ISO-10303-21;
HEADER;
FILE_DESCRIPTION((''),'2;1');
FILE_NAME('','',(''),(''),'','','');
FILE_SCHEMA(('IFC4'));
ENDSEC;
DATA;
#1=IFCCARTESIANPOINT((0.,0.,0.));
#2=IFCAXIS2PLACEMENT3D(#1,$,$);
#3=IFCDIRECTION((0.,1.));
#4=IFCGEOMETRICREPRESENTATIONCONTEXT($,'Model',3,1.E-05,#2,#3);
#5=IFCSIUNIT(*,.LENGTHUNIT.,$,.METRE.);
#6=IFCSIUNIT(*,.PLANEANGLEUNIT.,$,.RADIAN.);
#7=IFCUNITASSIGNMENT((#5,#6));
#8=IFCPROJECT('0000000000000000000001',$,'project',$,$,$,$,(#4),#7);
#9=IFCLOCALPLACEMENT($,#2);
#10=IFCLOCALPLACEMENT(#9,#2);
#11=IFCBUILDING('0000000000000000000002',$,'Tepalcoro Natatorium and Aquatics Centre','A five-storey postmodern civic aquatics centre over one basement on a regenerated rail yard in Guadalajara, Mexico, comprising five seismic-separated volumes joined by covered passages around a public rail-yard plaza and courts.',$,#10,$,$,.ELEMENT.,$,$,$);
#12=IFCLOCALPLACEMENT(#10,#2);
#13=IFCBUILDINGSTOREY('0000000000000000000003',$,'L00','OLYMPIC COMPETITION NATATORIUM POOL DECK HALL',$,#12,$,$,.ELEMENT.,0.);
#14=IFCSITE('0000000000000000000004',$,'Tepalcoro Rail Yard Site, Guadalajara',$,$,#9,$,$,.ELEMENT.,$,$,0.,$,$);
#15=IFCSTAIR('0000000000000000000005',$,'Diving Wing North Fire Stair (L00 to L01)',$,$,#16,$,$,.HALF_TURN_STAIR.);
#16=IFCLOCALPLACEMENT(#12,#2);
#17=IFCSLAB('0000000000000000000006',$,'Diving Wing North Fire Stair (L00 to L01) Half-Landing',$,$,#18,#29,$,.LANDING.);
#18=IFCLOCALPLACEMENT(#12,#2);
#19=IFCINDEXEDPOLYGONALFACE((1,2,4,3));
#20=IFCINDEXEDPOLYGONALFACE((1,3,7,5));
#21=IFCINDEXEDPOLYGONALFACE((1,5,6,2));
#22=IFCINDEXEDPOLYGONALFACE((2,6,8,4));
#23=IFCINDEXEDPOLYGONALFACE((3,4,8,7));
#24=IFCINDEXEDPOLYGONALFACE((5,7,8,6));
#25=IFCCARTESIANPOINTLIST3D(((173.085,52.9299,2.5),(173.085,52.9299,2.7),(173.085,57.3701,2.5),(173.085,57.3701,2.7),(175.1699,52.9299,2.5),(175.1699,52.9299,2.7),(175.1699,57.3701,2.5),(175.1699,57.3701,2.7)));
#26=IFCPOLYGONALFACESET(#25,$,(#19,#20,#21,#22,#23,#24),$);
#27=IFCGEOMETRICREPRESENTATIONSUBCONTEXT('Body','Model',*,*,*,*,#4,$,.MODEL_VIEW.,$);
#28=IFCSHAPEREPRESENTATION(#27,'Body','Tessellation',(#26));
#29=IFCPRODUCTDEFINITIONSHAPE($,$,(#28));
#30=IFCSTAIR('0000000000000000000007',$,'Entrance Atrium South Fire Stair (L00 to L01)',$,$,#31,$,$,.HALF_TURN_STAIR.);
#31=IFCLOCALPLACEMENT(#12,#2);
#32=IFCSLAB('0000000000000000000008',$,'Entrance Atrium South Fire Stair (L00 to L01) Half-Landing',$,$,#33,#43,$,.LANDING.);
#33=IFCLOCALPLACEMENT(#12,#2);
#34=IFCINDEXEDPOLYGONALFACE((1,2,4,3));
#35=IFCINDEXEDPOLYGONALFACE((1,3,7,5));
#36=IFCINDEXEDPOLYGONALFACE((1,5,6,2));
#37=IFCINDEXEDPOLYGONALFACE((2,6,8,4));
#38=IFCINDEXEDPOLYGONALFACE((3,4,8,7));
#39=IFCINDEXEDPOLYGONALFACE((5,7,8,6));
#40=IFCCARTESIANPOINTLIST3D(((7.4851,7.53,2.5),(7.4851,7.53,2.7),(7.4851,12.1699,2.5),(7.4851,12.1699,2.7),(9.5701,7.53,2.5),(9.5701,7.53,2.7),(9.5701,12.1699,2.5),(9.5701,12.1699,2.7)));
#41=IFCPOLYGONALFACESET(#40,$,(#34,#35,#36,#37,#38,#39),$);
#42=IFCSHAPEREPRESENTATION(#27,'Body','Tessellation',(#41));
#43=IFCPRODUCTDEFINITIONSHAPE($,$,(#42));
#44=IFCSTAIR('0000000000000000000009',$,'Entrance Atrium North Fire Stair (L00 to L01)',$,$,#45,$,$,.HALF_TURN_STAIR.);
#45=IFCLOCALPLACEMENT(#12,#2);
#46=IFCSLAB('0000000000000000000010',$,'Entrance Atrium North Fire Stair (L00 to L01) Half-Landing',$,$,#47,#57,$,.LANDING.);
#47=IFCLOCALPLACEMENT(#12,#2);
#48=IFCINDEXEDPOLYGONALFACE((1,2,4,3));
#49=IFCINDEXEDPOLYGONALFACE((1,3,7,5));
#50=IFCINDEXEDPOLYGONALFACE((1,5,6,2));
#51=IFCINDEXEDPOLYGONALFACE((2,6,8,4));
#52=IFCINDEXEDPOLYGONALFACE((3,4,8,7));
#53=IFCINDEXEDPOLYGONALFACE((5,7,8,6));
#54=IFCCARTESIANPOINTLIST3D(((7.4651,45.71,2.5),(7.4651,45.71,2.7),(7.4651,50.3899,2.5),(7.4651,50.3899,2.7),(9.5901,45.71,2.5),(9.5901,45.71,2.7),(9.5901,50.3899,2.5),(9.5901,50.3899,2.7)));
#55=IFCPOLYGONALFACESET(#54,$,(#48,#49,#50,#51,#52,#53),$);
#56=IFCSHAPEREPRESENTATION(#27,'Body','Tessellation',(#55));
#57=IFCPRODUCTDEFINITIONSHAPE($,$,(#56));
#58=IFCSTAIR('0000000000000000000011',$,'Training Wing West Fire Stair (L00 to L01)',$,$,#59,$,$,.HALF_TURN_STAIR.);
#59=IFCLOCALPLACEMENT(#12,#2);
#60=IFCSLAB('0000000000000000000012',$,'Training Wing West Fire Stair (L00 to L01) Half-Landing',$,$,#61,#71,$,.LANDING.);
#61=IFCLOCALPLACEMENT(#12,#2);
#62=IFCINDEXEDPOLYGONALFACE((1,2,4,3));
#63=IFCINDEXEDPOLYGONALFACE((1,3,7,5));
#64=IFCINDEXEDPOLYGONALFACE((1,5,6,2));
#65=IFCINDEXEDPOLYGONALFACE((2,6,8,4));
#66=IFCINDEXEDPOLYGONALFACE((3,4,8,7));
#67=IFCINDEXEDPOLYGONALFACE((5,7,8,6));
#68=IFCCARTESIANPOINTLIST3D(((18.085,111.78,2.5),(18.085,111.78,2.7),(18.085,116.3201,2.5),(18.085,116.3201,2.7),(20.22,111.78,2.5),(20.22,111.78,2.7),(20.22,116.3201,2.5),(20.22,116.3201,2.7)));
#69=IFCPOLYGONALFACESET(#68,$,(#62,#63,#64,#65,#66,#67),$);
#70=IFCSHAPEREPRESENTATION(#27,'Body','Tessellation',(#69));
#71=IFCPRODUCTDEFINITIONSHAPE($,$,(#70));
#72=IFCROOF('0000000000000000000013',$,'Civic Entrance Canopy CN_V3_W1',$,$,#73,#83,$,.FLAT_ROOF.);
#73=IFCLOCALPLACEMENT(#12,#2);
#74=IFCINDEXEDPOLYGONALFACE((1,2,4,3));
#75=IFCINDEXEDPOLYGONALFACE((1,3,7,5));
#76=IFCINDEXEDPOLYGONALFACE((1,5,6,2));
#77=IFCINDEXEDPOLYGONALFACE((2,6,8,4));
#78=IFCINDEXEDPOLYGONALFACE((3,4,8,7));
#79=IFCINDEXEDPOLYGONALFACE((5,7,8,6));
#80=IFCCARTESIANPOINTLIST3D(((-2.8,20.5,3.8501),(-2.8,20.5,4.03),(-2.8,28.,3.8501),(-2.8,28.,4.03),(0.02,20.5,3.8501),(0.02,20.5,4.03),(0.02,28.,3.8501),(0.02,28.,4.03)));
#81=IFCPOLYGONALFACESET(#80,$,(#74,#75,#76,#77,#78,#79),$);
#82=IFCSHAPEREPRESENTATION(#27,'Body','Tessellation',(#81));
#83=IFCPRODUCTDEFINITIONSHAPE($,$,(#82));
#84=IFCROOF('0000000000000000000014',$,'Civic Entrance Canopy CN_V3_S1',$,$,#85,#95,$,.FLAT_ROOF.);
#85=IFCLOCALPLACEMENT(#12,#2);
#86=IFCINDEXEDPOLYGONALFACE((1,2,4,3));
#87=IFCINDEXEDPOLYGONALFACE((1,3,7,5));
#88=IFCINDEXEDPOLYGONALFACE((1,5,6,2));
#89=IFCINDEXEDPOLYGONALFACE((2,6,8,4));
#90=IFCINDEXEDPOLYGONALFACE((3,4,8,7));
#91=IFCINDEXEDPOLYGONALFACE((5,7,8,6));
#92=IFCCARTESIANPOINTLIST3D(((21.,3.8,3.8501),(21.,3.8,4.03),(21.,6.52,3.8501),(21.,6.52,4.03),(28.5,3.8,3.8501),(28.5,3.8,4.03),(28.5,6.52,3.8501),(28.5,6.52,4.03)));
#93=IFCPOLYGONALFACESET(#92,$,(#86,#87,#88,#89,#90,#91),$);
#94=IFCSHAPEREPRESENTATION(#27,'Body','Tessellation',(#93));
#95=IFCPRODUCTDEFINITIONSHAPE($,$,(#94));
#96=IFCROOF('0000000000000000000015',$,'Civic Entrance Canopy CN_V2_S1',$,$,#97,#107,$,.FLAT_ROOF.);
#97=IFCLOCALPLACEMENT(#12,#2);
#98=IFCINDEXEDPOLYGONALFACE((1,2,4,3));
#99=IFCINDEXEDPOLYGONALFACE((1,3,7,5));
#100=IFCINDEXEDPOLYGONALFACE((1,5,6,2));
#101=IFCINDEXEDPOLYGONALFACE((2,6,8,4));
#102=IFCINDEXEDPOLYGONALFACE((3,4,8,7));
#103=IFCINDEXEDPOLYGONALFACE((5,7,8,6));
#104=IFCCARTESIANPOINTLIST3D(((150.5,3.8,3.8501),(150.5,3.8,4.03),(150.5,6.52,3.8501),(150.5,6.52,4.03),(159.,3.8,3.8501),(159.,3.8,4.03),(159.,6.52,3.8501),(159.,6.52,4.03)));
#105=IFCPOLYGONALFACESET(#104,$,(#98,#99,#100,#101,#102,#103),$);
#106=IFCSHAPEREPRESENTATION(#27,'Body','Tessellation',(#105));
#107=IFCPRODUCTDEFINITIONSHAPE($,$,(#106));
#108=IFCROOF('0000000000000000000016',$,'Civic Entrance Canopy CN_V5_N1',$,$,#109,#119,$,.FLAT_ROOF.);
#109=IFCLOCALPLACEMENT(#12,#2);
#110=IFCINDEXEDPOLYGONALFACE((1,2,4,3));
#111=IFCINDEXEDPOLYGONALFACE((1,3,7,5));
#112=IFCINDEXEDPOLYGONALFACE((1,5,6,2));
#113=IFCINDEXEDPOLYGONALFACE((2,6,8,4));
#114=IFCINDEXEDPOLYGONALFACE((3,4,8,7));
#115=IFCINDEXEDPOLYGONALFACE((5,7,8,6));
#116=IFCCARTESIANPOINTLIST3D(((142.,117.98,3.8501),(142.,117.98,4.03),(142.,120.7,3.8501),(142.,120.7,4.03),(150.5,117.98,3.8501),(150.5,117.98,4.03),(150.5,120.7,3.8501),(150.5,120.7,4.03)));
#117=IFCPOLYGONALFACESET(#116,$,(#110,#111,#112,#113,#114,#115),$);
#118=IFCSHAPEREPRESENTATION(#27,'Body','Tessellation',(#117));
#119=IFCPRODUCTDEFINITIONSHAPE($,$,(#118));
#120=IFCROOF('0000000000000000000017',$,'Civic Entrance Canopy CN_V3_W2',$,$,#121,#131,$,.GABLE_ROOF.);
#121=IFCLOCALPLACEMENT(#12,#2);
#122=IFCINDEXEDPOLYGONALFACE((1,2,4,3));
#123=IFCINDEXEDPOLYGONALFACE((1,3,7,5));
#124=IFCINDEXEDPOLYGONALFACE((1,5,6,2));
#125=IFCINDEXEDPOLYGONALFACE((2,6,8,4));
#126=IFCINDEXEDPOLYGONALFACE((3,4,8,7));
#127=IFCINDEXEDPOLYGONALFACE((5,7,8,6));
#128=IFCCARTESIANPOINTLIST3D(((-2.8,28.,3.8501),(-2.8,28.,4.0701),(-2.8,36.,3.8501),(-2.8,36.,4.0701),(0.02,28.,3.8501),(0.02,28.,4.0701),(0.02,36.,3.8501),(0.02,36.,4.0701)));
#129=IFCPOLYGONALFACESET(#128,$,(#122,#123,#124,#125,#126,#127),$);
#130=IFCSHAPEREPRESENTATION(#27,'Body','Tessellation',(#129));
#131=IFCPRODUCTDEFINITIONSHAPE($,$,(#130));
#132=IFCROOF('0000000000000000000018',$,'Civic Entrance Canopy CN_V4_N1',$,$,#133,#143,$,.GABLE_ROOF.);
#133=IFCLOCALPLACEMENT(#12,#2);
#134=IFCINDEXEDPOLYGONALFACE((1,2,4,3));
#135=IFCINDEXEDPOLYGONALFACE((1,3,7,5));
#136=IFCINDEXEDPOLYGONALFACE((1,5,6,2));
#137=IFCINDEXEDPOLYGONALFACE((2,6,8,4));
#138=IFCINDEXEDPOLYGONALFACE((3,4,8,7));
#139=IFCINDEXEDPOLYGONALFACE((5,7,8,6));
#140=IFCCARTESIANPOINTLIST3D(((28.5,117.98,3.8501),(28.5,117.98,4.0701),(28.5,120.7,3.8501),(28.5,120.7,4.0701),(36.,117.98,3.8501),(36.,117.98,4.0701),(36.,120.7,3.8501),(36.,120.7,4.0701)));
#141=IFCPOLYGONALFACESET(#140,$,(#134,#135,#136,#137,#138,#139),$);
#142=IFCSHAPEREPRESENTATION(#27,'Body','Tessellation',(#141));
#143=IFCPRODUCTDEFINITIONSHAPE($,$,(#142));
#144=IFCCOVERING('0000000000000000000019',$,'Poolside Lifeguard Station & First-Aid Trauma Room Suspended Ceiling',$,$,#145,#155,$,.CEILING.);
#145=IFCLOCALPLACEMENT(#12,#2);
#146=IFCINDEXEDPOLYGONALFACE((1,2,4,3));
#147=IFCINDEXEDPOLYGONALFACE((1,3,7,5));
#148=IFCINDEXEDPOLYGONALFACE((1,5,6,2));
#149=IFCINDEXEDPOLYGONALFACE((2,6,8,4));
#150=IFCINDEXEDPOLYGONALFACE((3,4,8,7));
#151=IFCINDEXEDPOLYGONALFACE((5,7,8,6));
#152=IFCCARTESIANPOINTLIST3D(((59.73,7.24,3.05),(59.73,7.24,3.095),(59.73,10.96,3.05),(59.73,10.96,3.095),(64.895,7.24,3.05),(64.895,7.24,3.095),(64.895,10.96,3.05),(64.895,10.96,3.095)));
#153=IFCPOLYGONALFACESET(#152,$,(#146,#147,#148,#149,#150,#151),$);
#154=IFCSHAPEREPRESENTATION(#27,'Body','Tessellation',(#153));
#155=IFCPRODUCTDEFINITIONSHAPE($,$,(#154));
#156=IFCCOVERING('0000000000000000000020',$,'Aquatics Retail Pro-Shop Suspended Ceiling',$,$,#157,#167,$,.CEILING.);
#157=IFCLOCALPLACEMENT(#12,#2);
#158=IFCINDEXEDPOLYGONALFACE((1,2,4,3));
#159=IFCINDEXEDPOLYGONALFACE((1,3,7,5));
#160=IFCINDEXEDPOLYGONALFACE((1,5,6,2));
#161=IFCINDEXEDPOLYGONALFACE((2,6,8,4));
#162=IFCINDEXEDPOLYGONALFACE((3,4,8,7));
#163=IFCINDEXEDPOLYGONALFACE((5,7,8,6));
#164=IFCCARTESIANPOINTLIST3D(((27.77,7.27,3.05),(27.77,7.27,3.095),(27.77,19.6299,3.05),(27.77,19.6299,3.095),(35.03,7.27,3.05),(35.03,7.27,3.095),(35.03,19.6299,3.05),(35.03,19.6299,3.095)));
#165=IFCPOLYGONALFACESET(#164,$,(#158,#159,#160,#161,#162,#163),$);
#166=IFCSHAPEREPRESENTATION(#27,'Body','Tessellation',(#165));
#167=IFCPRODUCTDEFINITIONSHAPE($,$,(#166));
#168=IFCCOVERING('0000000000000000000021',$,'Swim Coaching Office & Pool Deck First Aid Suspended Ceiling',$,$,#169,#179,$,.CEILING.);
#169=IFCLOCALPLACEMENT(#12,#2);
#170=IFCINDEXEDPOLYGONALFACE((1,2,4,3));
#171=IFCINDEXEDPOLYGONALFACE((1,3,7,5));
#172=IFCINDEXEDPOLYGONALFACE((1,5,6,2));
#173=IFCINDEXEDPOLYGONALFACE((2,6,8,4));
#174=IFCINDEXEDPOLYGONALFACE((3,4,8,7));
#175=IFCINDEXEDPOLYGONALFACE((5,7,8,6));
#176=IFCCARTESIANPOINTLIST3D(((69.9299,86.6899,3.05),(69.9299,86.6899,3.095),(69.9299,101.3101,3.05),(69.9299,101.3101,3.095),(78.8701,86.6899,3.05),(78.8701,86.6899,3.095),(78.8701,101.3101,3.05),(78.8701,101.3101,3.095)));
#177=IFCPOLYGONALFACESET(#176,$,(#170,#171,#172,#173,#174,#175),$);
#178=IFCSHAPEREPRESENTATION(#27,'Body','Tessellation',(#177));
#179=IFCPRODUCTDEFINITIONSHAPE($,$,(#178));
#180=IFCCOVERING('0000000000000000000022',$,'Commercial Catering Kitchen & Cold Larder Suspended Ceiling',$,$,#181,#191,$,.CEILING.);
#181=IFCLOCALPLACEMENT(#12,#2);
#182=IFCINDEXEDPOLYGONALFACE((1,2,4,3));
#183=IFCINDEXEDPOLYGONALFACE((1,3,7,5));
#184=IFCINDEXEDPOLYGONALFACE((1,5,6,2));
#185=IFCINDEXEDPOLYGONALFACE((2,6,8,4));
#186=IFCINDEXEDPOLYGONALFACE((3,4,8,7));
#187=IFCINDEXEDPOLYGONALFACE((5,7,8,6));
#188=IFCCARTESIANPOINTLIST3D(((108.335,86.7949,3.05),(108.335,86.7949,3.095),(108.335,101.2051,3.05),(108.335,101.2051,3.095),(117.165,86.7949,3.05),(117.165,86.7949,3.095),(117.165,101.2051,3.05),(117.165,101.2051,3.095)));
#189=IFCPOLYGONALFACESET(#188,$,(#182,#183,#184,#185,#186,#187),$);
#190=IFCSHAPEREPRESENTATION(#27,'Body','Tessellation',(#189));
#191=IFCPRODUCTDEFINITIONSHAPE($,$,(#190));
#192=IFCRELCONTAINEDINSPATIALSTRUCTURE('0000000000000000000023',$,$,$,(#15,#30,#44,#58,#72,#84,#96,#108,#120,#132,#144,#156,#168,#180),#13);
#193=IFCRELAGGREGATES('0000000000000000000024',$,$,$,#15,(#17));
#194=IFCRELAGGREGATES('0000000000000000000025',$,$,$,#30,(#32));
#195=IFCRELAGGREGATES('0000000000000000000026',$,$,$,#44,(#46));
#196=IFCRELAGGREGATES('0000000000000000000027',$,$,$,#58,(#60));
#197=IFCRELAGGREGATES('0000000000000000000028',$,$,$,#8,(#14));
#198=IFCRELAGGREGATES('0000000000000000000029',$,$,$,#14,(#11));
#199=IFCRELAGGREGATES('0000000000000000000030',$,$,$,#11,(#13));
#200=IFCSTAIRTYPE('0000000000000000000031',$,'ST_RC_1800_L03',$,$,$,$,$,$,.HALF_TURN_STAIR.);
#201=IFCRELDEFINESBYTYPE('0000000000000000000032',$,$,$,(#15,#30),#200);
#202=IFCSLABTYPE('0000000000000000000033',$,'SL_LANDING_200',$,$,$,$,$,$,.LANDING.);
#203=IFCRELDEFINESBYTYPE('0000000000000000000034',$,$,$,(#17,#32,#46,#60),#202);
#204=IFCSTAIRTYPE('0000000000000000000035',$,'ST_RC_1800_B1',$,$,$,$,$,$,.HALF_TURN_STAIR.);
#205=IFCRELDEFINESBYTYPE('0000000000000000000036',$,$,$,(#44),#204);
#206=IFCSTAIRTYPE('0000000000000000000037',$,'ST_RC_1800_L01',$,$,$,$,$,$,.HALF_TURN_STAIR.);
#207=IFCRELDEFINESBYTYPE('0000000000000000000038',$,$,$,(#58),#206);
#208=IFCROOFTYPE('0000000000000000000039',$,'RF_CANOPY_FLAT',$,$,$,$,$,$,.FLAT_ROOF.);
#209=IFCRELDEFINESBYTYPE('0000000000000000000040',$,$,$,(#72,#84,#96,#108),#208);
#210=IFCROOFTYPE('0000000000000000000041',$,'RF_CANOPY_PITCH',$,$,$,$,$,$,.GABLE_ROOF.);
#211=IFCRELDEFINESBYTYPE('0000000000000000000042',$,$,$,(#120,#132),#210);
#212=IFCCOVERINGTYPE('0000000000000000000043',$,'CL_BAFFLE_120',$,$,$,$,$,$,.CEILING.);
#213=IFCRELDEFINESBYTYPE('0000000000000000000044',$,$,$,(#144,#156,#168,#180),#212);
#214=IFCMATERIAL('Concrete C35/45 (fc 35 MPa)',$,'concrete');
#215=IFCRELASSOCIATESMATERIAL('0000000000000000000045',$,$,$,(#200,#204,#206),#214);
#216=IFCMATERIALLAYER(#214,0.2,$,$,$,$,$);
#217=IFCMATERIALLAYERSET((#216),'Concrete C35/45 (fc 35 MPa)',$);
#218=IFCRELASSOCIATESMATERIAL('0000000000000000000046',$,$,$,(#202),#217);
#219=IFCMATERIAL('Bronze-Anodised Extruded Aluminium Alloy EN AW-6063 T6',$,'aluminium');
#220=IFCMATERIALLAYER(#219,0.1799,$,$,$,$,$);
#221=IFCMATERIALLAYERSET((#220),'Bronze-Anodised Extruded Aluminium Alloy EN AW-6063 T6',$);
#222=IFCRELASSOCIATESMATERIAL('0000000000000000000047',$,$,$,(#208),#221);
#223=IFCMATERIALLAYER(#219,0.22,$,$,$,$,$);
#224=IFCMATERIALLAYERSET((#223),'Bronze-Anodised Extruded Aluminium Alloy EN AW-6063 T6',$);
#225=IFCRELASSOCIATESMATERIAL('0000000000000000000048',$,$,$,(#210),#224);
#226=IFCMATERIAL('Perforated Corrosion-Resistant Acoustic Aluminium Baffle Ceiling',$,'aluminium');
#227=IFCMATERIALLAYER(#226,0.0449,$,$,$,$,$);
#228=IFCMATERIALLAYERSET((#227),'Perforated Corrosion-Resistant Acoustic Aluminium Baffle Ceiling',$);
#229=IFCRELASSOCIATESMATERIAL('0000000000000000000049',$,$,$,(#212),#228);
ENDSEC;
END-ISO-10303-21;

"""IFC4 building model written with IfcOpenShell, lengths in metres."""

from ifc_helpers import new_model, si_unit, direction, frame, origin, place, context, subcontext, project, spatial, polyline, outline, extrude, material, layer, layer_set, type_object, element, aggregate, save


model = new_model("IFC4")

# Units and contexts
model_context = context("Model", 3, precision=1e-05, world=origin(), true_north=direction((0.0, 1.0)))
body_context = subcontext(model_context, "Body", "Model", "MODEL_VIEW")
ifc_project = project(units=[si_unit("LENGTHUNIT", "METRE"), si_unit("PLANEANGLEUNIT", "RADIAN")], contexts=[model_context])

# Site, building, storey
site_placement = place(None, origin())
site = spatial("IfcSite", under=ifc_project, at=site_placement, Name="Tepalcoro Rail Yard Site, Guadalajara", CompositionType="ELEMENT", RefElevation=0.0)
building_placement = place(site_placement, origin())
building = spatial("IfcBuilding", under=site, at=building_placement, Name="Tepalcoro Natatorium and Aquatics Centre", Description="A five-storey postmodern civic aquatics centre over one basement on a regenerated rail yard in Guadalajara, Mexico, comprising five seismic-separated volumes joined by covered passages around a public rail-yard plaza and courts.", CompositionType="ELEMENT")
storey_placement = place(building_placement, origin())
storey = spatial("IfcBuildingStorey", under=building, at=storey_placement, Name="L00", Description="OLYMPIC COMPETITION NATATORIUM POOL DECK HALL", CompositionType="ELEMENT", Elevation=0.0)

# Stairs, slabs
ifc_material_1 = material(Name="Concrete C35/45 (fc 35 MPa)", Category="concrete")
stair_type_1 = type_object("IfcStairType", Name="ST_RC_1800_L03", PredefinedType="HALF_TURN_STAIR", material=ifc_material_1)
stair_1_placement = place(storey_placement, origin())
stair_1 = element("IfcStair", 1, at=stair_1_placement, inside=storey, type_object=stair_type_1, Name="Diving Wing North Fire Stair (L00 to L01)", PredefinedType="HALF_TURN_STAIR")
ifc_layer_1 = layer(ifc_material_1, 0.2)
ifc_layer_set_1 = layer_set([ifc_layer_1], Name="Concrete C35/45 (fc 35 MPa)")
slab_type = type_object("IfcSlabType", Name="SL_LANDING_200", PredefinedType="LANDING", material=ifc_layer_set_1)
slab_1_placement = place(storey_placement, frame((0.0, 0.0, 2.5)))
slab_1 = element("IfcSlab", 2, at=slab_1_placement, type_object=slab_type, Name="Diving Wing North Fire Stair (L00 to L01) Half-Landing", PredefinedType="LANDING", context=body_context, shape_type="SweptSolid", body=[
    extrude(outline(polyline([(173.085, 52.9299), (175.1699, 52.9299), (175.1699, 57.3701), (173.085, 57.3701), (173.085, 52.9299)])), origin(), (0.0, 0.0, 1.0), 0.2),
])
aggregate(stair_1, [slab_1])
stair_2_placement = place(storey_placement, origin())
stair_2 = element("IfcStair", 3, at=stair_2_placement, inside=storey, type_object=stair_type_1, Name="Entrance Atrium South Fire Stair (L00 to L01)", PredefinedType="HALF_TURN_STAIR")
slab_2_placement = place(storey_placement, frame((0.0, 0.0, 2.5)))
slab_2 = element("IfcSlab", 4, at=slab_2_placement, type_object=slab_type, Name="Entrance Atrium South Fire Stair (L00 to L01) Half-Landing", PredefinedType="LANDING", context=body_context, shape_type="SweptSolid", body=[
    extrude(outline(polyline([(7.4851, 7.53), (9.5701, 7.53), (9.5701, 12.1699), (7.4851, 12.1699), (7.4851, 7.53)])), origin(), (0.0, 0.0, 1.0), 0.2),
])
aggregate(stair_2, [slab_2])
stair_type_2 = type_object("IfcStairType", Name="ST_RC_1800_B1", PredefinedType="HALF_TURN_STAIR", material=ifc_material_1)
stair_3_placement = place(storey_placement, origin())
stair_3 = element("IfcStair", 5, at=stair_3_placement, inside=storey, type_object=stair_type_2, Name="Entrance Atrium North Fire Stair (L00 to L01)", PredefinedType="HALF_TURN_STAIR")
slab_3_placement = place(storey_placement, frame((0.0, 0.0, 2.5)))
slab_3 = element("IfcSlab", 6, at=slab_3_placement, type_object=slab_type, Name="Entrance Atrium North Fire Stair (L00 to L01) Half-Landing", PredefinedType="LANDING", context=body_context, shape_type="SweptSolid", body=[
    extrude(outline(polyline([(7.4651, 45.71), (9.5901, 45.71), (9.5901, 50.3899), (7.4651, 50.3899), (7.4651, 45.71)])), origin(), (0.0, 0.0, 1.0), 0.2),
])
aggregate(stair_3, [slab_3])
stair_type_3 = type_object("IfcStairType", Name="ST_RC_1800_L01", PredefinedType="HALF_TURN_STAIR", material=ifc_material_1)
stair_4_placement = place(storey_placement, origin())
stair_4 = element("IfcStair", 7, at=stair_4_placement, inside=storey, type_object=stair_type_3, Name="Training Wing West Fire Stair (L00 to L01)", PredefinedType="HALF_TURN_STAIR")
slab_4_placement = place(storey_placement, frame((0.0, 0.0, 2.5)))
slab_4 = element("IfcSlab", 8, at=slab_4_placement, type_object=slab_type, Name="Training Wing West Fire Stair (L00 to L01) Half-Landing", PredefinedType="LANDING", context=body_context, shape_type="SweptSolid", body=[
    extrude(outline(polyline([(18.085, 111.78), (20.22, 111.78), (20.22, 116.3201), (18.085, 116.3201), (18.085, 111.78)])), origin(), (0.0, 0.0, 1.0), 0.2),
])
aggregate(stair_4, [slab_4])

# Roofs
ifc_material_2 = material(Name="Bronze-Anodised Extruded Aluminium Alloy EN AW-6063 T6", Category="aluminium")
ifc_layer_2 = layer(ifc_material_2, 0.1799)
ifc_layer_set_2 = layer_set([ifc_layer_2], Name="Bronze-Anodised Extruded Aluminium Alloy EN AW-6063 T6")
roof_type_1 = type_object("IfcRoofType", Name="RF_CANOPY_FLAT", PredefinedType="FLAT_ROOF", material=ifc_layer_set_2)
roof_1_placement = place(storey_placement, frame((0.0, 0.0, 3.8501)))
element("IfcRoof", 9, at=roof_1_placement, inside=storey, type_object=roof_type_1, Name="Civic Entrance Canopy CN_V3_W1", PredefinedType="FLAT_ROOF", context=body_context, shape_type="SweptSolid", body=[
    extrude(outline(polyline([(-2.8, 20.5), (0.02, 20.5), (0.02, 28.0), (-2.8, 28.0), (-2.8, 20.5)])), origin(), (0.0, 0.0, 1.0), 0.1799),
])
roof_2_placement = place(storey_placement, frame((0.0, 0.0, 3.8501)))
element("IfcRoof", 10, at=roof_2_placement, inside=storey, type_object=roof_type_1, Name="Civic Entrance Canopy CN_V3_S1", PredefinedType="FLAT_ROOF", context=body_context, shape_type="SweptSolid", body=[
    extrude(outline(polyline([(21.0, 3.8), (28.5, 3.8), (28.5, 6.52), (21.0, 6.52), (21.0, 3.8)])), origin(), (0.0, 0.0, 1.0), 0.1799),
])
roof_3_placement = place(storey_placement, frame((0.0, 0.0, 3.8501)))
element("IfcRoof", 11, at=roof_3_placement, inside=storey, type_object=roof_type_1, Name="Civic Entrance Canopy CN_V2_S1", PredefinedType="FLAT_ROOF", context=body_context, shape_type="SweptSolid", body=[
    extrude(outline(polyline([(150.5, 3.8), (159.0, 3.8), (159.0, 6.52), (150.5, 6.52), (150.5, 3.8)])), origin(), (0.0, 0.0, 1.0), 0.1799),
])
roof_4_placement = place(storey_placement, frame((0.0, 0.0, 3.8501)))
element("IfcRoof", 12, at=roof_4_placement, inside=storey, type_object=roof_type_1, Name="Civic Entrance Canopy CN_V5_N1", PredefinedType="FLAT_ROOF", context=body_context, shape_type="SweptSolid", body=[
    extrude(outline(polyline([(142.0, 117.98), (150.5, 117.98), (150.5, 120.7), (142.0, 120.7), (142.0, 117.98)])), origin(), (0.0, 0.0, 1.0), 0.1799),
])
ifc_layer_3 = layer(ifc_material_2, 0.22)
ifc_layer_set_3 = layer_set([ifc_layer_3], Name="Bronze-Anodised Extruded Aluminium Alloy EN AW-6063 T6")
roof_type_2 = type_object("IfcRoofType", Name="RF_CANOPY_PITCH", PredefinedType="GABLE_ROOF", material=ifc_layer_set_3)
roof_5_placement = place(storey_placement, frame((0.0, 0.0, 3.8501)))
element("IfcRoof", 13, at=roof_5_placement, inside=storey, type_object=roof_type_2, Name="Civic Entrance Canopy CN_V3_W2", PredefinedType="GABLE_ROOF", context=body_context, shape_type="SweptSolid", body=[
    extrude(outline(polyline([(-2.8, 28.0), (0.02, 28.0), (0.02, 36.0), (-2.8, 36.0), (-2.8, 28.0)])), origin(), (0.0, 0.0, 1.0), 0.22),
])
roof_6_placement = place(storey_placement, frame((0.0, 0.0, 3.8501)))
element("IfcRoof", 14, at=roof_6_placement, inside=storey, type_object=roof_type_2, Name="Civic Entrance Canopy CN_V4_N1", PredefinedType="GABLE_ROOF", context=body_context, shape_type="SweptSolid", body=[
    extrude(outline(polyline([(28.5, 117.98), (36.0, 117.98), (36.0, 120.7), (28.5, 120.7), (28.5, 117.98)])), origin(), (0.0, 0.0, 1.0), 0.22),
])

# Coverings
ifc_material_3 = material(Name="Perforated Corrosion-Resistant Acoustic Aluminium Baffle Ceiling", Category="aluminium")
ifc_layer_4 = layer(ifc_material_3, 0.0449)
ifc_layer_set_4 = layer_set([ifc_layer_4], Name="Perforated Corrosion-Resistant Acoustic Aluminium Baffle Ceiling")
covering_type_1 = type_object("IfcCoveringType", Name="CL_BAFFLE_120", PredefinedType="CEILING", material=ifc_layer_set_4)
covering_1_placement = place(storey_placement, frame((0.0, 0.0, 3.05)))
element("IfcCovering", 15, at=covering_1_placement, inside=storey, type_object=covering_type_1, Name="Poolside Lifeguard Station & First-Aid Trauma Room Suspended Ceiling", PredefinedType="CEILING", context=body_context, shape_type="SweptSolid", body=[
    extrude(outline(polyline([(59.73, 7.24), (59.73, 10.96), (64.895, 10.96), (64.895, 7.24), (59.73, 7.24)])), origin(), (0.0, 0.0, 1.0), 0.0449),
])
covering_2_placement = place(storey_placement, frame((0.0, 0.0, 3.05)))
element("IfcCovering", 16, at=covering_2_placement, inside=storey, type_object=covering_type_1, Name="Aquatics Retail Pro-Shop Suspended Ceiling", PredefinedType="CEILING", context=body_context, shape_type="SweptSolid", body=[
    extrude(outline(polyline([(27.77, 7.27), (27.77, 19.6299), (35.03, 19.6299), (35.03, 7.27), (27.77, 7.27)])), origin(), (0.0, 0.0, 1.0), 0.0449),
])
covering_3_placement = place(storey_placement, frame((0.0, 0.0, 3.05)))
element("IfcCovering", 17, at=covering_3_placement, inside=storey, type_object=covering_type_1, Name="Swim Coaching Office & Pool Deck First Aid Suspended Ceiling", PredefinedType="CEILING", context=body_context, shape_type="SweptSolid", body=[
    extrude(outline(polyline([(69.9299, 86.6899), (69.9299, 101.3101), (78.8701, 101.3101), (78.8701, 86.6899), (69.9299, 86.6899)])), origin(), (0.0, 0.0, 1.0), 0.0449),
])
covering_4_placement = place(storey_placement, frame((0.0, 0.0, 3.05)))
element("IfcCovering", 18, at=covering_4_placement, inside=storey, type_object=covering_type_1, Name="Commercial Catering Kitchen & Cold Larder Suspended Ceiling", PredefinedType="CEILING", context=body_context, shape_type="SweptSolid", body=[
    extrude(outline(polyline([(108.335, 86.7949), (108.335, 101.2051), (117.165, 101.2051), (117.165, 86.7949), (108.335, 86.7949)])), origin(), (0.0, 0.0, 1.0), 0.0449),
])

save(model, "model.ifc")
